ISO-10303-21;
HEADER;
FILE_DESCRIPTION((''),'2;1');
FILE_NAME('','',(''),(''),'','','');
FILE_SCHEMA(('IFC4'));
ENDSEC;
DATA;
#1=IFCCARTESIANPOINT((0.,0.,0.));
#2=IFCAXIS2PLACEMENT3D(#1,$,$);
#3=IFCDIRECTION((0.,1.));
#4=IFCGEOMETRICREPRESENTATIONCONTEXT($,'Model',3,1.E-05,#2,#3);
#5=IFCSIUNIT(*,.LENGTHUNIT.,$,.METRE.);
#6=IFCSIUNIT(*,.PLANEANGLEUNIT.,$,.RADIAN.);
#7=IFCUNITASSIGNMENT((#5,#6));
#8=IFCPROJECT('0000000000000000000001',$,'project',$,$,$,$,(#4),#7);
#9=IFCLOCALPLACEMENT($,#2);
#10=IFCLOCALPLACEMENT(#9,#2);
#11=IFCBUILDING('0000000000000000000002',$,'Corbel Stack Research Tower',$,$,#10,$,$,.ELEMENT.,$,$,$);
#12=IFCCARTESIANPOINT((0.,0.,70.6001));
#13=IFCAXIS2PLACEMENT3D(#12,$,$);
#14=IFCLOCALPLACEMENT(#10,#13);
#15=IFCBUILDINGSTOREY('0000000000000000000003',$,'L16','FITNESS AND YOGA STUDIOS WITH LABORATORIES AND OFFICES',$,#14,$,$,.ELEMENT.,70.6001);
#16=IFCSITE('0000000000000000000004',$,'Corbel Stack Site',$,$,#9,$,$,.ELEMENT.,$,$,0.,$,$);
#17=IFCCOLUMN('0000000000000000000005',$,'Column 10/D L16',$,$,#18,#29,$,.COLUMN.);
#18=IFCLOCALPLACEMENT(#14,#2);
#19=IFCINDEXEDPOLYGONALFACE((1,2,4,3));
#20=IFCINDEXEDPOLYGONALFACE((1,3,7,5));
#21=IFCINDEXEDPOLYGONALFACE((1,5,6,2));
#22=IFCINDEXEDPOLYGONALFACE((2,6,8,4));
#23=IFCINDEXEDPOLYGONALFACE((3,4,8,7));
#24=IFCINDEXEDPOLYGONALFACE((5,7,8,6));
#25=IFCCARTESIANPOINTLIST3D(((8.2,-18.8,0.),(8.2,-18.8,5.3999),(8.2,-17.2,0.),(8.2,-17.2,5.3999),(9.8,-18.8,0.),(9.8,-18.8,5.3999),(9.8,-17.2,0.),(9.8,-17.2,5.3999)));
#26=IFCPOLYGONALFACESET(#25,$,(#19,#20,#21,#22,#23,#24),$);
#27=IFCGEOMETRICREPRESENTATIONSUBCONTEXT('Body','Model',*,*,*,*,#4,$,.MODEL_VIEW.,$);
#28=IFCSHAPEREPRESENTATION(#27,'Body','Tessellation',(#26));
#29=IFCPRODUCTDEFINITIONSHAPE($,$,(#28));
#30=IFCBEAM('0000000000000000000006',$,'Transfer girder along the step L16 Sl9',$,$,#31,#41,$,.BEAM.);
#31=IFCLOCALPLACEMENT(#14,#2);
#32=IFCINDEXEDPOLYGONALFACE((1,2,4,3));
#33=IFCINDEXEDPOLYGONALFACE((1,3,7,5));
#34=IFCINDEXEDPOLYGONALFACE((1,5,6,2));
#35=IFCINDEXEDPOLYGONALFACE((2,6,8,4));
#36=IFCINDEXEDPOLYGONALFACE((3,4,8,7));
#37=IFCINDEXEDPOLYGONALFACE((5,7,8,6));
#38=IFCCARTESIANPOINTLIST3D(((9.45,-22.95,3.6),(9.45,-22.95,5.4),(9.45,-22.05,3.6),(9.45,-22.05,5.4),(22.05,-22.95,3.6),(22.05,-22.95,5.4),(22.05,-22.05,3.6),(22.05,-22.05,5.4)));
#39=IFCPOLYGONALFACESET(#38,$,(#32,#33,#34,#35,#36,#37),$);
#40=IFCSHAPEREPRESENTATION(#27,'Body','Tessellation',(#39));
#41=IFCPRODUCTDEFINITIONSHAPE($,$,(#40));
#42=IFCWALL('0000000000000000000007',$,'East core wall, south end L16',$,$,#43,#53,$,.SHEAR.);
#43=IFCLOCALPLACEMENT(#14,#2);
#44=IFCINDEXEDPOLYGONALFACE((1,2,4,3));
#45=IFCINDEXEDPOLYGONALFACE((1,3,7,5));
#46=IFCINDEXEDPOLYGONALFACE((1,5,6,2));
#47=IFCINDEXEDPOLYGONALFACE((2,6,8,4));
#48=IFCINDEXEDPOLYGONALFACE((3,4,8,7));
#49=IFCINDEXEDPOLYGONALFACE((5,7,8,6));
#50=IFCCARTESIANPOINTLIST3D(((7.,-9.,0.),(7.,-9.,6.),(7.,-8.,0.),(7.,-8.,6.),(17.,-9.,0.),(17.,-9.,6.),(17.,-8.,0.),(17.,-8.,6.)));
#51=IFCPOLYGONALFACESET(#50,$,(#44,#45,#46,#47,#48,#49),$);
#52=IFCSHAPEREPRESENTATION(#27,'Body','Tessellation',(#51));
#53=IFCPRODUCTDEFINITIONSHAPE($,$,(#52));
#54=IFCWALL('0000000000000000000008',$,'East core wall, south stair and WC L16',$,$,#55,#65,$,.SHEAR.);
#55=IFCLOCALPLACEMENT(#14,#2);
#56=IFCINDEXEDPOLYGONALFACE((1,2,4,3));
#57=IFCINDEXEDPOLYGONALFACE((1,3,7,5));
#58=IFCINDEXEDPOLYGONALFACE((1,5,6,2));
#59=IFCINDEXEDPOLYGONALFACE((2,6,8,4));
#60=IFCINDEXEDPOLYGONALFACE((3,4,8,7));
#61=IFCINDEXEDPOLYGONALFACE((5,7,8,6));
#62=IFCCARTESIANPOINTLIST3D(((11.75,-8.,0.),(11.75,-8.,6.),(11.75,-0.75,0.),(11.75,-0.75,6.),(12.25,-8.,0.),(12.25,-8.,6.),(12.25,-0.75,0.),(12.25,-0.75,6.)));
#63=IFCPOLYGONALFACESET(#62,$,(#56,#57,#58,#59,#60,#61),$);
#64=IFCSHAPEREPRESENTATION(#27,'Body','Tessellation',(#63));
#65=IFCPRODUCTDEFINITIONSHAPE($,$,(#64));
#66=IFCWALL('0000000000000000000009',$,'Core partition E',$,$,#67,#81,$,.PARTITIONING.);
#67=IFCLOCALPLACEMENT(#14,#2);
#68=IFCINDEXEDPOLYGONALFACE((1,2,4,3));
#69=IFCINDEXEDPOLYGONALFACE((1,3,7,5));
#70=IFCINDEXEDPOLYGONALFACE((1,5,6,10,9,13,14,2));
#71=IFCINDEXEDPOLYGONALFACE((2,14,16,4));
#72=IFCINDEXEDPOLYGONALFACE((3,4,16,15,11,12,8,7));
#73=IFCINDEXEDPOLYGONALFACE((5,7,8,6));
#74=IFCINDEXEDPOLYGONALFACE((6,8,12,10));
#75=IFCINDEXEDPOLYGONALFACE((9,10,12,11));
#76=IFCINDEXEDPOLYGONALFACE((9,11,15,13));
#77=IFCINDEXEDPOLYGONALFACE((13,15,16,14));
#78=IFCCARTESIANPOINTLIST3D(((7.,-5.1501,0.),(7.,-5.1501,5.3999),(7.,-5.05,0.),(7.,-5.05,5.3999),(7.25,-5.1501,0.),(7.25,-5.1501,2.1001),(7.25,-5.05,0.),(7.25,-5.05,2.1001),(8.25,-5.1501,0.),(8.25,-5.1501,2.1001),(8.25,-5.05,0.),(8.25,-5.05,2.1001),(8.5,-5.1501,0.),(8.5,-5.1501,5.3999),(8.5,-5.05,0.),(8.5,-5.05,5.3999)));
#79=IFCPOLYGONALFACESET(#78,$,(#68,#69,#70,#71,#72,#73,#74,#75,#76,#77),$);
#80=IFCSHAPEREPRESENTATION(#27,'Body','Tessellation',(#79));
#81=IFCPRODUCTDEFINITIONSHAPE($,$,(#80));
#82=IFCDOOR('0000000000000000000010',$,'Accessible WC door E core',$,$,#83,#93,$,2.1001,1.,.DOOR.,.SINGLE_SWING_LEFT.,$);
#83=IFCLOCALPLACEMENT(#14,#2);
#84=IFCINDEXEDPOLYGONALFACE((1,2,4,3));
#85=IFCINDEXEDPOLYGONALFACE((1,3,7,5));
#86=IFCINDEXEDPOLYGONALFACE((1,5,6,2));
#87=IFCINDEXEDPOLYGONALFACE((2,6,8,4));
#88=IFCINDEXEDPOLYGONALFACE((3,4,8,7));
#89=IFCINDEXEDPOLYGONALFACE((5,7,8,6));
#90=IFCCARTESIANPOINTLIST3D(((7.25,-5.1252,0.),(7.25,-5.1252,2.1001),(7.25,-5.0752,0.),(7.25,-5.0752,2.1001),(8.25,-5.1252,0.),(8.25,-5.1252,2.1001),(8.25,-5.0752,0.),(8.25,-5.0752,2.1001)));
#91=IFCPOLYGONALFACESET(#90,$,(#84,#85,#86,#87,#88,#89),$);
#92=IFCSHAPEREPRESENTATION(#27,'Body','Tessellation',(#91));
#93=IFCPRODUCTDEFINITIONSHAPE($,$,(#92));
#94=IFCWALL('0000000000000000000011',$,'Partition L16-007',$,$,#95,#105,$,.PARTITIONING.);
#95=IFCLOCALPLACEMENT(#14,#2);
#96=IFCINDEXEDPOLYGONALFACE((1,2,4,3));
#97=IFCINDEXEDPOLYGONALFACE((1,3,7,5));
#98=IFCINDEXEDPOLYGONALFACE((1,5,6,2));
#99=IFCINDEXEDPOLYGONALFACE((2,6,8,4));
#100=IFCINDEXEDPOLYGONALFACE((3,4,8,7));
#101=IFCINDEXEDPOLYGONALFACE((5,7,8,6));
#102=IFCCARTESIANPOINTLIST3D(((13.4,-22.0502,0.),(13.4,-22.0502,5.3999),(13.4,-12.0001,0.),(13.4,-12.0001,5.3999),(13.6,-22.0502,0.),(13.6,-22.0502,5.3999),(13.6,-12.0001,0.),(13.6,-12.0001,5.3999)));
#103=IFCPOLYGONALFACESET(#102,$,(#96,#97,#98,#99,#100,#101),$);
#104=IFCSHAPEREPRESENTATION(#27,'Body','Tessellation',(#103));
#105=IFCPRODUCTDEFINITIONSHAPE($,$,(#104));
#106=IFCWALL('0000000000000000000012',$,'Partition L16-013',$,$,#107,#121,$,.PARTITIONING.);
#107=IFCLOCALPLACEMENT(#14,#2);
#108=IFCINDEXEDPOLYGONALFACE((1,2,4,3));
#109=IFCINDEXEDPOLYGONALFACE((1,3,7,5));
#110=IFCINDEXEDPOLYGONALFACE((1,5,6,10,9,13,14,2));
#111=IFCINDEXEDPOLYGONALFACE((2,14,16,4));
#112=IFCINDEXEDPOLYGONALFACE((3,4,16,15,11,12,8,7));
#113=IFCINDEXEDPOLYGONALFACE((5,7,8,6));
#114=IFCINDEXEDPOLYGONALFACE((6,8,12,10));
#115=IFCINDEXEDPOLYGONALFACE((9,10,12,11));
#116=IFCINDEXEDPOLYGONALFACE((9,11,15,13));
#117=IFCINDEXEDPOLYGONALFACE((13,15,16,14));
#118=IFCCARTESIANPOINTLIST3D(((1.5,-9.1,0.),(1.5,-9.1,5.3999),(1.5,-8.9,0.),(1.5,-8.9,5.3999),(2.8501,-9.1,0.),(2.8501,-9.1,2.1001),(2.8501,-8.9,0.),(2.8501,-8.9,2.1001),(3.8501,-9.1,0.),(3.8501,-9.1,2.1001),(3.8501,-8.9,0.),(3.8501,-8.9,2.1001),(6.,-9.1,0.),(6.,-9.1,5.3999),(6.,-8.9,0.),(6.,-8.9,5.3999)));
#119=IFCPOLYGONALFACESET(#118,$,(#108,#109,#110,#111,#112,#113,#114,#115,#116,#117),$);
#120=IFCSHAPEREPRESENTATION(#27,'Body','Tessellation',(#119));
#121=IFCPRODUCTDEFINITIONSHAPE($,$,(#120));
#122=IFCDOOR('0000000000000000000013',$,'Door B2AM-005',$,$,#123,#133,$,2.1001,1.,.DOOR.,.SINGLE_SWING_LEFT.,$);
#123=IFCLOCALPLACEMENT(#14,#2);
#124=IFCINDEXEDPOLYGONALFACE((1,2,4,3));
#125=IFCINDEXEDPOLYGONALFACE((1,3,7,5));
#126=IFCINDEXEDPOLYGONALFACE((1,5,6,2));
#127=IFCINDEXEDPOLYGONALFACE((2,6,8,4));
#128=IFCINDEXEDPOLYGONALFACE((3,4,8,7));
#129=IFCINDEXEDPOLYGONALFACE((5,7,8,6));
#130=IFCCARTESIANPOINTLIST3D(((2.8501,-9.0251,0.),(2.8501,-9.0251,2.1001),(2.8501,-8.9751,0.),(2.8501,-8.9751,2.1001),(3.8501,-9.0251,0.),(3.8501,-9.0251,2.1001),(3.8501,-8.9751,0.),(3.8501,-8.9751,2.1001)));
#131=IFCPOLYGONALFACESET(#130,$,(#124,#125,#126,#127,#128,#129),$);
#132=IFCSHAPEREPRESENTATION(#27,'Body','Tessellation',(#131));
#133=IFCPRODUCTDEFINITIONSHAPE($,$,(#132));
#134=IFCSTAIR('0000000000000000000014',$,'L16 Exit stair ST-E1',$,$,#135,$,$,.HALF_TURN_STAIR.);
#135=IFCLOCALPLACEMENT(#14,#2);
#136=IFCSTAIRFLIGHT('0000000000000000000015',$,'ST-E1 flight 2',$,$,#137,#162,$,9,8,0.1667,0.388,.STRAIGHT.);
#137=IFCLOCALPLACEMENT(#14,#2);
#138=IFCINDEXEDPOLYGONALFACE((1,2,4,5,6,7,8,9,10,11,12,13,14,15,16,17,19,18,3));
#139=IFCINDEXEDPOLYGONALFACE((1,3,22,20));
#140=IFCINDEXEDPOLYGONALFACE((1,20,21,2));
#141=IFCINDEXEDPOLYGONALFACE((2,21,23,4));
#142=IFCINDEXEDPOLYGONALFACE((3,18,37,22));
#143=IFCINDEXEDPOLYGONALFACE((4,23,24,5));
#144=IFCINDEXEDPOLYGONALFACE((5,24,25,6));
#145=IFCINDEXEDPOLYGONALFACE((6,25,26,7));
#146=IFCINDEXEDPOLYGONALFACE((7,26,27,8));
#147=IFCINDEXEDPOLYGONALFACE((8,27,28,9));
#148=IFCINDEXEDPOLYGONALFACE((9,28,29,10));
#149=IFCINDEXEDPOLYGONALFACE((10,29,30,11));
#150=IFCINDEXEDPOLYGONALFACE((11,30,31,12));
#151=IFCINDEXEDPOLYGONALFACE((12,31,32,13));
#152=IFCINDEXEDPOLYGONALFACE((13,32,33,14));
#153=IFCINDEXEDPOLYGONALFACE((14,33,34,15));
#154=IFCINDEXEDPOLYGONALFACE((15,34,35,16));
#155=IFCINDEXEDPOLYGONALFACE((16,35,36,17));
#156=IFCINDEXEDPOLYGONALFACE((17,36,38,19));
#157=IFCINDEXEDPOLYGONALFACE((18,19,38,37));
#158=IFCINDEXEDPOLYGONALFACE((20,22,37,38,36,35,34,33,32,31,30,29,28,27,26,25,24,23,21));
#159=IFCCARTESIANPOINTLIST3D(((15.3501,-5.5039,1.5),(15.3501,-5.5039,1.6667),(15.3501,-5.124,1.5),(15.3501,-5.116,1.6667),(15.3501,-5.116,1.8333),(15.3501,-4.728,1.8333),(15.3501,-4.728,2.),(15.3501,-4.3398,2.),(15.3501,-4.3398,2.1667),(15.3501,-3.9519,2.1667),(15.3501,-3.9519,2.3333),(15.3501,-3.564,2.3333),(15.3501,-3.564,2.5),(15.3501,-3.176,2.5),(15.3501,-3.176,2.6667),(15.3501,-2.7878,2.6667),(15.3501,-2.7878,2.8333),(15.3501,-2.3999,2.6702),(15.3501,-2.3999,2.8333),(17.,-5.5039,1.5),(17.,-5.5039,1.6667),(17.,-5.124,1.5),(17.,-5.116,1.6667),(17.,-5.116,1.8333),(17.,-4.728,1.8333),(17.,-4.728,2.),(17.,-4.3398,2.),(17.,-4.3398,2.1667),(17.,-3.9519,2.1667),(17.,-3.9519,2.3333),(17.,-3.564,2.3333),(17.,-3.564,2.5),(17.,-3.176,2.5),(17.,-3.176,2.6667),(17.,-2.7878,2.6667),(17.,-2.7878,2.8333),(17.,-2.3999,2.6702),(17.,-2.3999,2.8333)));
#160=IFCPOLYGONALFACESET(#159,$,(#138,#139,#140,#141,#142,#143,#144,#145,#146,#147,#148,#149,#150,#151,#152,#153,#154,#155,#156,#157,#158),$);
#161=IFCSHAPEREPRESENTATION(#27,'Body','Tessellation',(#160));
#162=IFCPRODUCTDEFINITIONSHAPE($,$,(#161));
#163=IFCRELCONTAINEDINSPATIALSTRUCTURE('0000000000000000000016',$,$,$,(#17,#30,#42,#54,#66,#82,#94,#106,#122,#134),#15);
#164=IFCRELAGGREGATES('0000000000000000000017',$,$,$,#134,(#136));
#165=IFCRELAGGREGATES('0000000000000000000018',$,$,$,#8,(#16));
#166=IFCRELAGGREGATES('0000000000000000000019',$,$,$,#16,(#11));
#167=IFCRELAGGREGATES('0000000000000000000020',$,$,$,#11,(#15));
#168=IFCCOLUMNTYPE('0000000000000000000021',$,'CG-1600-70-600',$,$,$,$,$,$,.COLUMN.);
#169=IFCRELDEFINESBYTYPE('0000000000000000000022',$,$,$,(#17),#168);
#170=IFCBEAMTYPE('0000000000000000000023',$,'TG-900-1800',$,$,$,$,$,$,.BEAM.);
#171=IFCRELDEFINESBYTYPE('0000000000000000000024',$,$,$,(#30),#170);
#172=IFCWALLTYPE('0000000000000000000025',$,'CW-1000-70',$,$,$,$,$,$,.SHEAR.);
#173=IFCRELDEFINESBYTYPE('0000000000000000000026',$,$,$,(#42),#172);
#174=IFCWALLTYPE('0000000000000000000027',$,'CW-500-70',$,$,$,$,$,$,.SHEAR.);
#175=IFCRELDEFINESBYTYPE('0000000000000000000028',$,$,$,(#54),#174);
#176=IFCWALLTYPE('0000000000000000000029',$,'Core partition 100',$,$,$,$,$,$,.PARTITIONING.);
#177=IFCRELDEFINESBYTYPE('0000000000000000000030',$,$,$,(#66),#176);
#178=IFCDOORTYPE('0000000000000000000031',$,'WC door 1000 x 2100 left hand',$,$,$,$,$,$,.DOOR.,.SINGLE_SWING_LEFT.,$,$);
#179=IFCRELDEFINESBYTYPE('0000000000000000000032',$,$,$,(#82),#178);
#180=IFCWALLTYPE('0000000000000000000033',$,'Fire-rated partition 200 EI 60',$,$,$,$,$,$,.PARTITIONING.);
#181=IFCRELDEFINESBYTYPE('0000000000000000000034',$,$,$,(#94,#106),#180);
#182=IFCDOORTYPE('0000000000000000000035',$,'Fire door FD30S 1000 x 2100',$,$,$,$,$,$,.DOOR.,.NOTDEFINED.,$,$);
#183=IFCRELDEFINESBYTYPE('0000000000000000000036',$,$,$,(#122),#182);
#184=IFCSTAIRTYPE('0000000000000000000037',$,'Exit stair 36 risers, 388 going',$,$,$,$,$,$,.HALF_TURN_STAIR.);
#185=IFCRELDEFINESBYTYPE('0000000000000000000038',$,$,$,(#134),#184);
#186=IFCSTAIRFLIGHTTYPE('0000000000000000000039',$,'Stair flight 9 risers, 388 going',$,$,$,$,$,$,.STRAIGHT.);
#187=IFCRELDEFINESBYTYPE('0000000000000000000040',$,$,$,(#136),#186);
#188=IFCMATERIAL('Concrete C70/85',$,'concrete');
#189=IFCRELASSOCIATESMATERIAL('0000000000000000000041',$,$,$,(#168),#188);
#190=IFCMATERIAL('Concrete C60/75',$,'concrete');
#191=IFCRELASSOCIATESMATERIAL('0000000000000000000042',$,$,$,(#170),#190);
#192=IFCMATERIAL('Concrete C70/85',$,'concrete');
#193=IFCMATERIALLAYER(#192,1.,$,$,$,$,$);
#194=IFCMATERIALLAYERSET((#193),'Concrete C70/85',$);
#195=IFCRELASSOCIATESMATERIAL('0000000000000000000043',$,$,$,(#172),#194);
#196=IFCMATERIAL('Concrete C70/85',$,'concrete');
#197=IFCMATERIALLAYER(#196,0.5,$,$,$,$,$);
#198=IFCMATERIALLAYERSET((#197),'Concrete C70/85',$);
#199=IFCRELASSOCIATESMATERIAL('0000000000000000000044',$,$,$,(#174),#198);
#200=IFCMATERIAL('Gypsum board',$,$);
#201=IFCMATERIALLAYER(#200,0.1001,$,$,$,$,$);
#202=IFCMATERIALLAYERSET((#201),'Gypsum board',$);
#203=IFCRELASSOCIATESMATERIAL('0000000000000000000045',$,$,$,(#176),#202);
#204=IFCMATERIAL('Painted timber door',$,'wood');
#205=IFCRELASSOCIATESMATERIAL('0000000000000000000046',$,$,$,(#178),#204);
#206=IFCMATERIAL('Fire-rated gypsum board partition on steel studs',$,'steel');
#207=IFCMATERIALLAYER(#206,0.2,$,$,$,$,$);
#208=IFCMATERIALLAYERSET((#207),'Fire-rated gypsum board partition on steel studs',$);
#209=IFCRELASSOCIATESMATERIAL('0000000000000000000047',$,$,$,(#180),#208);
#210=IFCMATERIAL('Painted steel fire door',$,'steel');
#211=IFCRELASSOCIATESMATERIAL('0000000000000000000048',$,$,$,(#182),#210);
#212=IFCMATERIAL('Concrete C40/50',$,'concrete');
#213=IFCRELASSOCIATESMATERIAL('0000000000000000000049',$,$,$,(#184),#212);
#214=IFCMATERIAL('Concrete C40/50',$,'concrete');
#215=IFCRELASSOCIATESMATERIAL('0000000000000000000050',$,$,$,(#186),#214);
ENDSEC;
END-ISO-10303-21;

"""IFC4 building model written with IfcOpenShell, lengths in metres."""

from ifc_helpers import new_model, si_unit, direction, frame, frame_2d, origin, origin_2d, place, context, subcontext, project, spatial, polyline, rectangle, outline, extrude, material, layer, layer_set, material_profile, profile_set, type_object, element, fill, aggregate, save


model = new_model("IFC4")

# Units and contexts
model_context = context("Model", 3, precision=1e-05, world=origin(), true_north=direction((0.0, 1.0)))
body_context = subcontext(model_context, "Body", "Model", "MODEL_VIEW")
ifc_project = project(units=[si_unit("LENGTHUNIT", "METRE"), si_unit("PLANEANGLEUNIT", "RADIAN")], contexts=[model_context])

# Site, building, storey
site_placement = place(None, origin())
site = spatial("IfcSite", under=ifc_project, at=site_placement, Name="Corbel Stack Site", CompositionType="ELEMENT", RefElevation=0.0)
building_placement = place(site_placement, origin())
building = spatial("IfcBuilding", under=site, at=building_placement, Name="Corbel Stack Research Tower", CompositionType="ELEMENT")
storey_placement = place(building_placement, frame((0.0, 0.0, 70.6001)))
storey = spatial("IfcBuildingStorey", under=building, at=storey_placement, Name="L16", Description="FITNESS AND YOGA STUDIOS WITH LABORATORIES AND OFFICES", CompositionType="ELEMENT", Elevation=70.6001)

# Column
ifc_material_1 = material(Name="Concrete C70/85", Category="concrete")
ifc_material_profile_1 = material_profile(ifc_material_1, rectangle(XDim=1.6001, YDim=1.6001, at=origin_2d()), Name="RC 1600 x 1600")
ifc_profile_set_1 = profile_set([ifc_material_profile_1], Name="Concrete C70/85")
column_type = type_object("IfcColumnType", Name="CG-1600-70-600", PredefinedType="COLUMN", material=ifc_profile_set_1)
column_placement = place(storey_placement, frame((9.0, -18.0, 0.0), z_axis=(0.0, 0.0, 1.0), x_axis=(1.0, 0.0, 0.0)))
element("IfcColumn", 1, at=column_placement, inside=storey, type_object=column_type, Name="Column 10/D L16", PredefinedType="COLUMN", context=body_context, shape_type="SweptSolid", body=[
    extrude(rectangle(XDim=1.6001, YDim=1.6001, at=origin_2d()), origin(), (0.0, 0.0, 1.0), 5.3999),
])

# Beam
ifc_material_2 = material(Name="Concrete C60/75", Category="concrete")
ifc_material_profile_2 = material_profile(ifc_material_2, rectangle(XDim=0.8999, YDim=1.8, at=origin_2d()), Name="RC 900 x 1800")
ifc_profile_set_2 = profile_set([ifc_material_profile_2], Name="Concrete C60/75")
beam_type = type_object("IfcBeamType", Name="TG-900-1800", PredefinedType="BEAM", material=ifc_profile_set_2)
beam_placement = place(storey_placement, frame((9.45, -22.5, 4.5), z_axis=(1.0, 0.0, 0.0), x_axis=(0.0, 1.0, 0.0)))
element("IfcBeam", 2, at=beam_placement, inside=storey, type_object=beam_type, Name="Transfer girder along the step L16 Sl9", PredefinedType="BEAM", context=body_context, shape_type="SweptSolid", body=[
    extrude(rectangle(XDim=0.8999, YDim=1.8, at=origin_2d()), origin(), (0.0, 0.0, 1.0), 12.6001),
])

# Shared definitions
ifc_material_3 = material(Name="Concrete C70/85", Category="concrete")
ifc_layer_1 = layer(ifc_material_3, 1.0)
ifc_layer_set_1 = layer_set([ifc_layer_1], Name="Concrete C70/85")
wall_type_1 = type_object("IfcWallType", Name="CW-1000-70", PredefinedType="SHEAR", material=ifc_layer_set_1)

# Walls
wall_1_placement = place(storey_placement, frame((7.0, -8.5, 0.0), z_axis=(0.0, 0.0, 1.0), x_axis=(1.0, 0.0, 0.0)))
element("IfcWall", 3, at=wall_1_placement, inside=storey, type_object=wall_type_1, Name="East core wall, south end L16", PredefinedType="SHEAR", context=body_context, shape_type="SweptSolid", body=[
    extrude(rectangle(XDim=10.0, YDim=1.0, at=frame_2d((5.0, 0.0))), origin(), (0.0, 0.0, 1.0), 6.0),
])
ifc_material_4 = material(Name="Concrete C70/85", Category="concrete")
ifc_layer_2 = layer(ifc_material_4, 0.5)
ifc_layer_set_2 = layer_set([ifc_layer_2], Name="Concrete C70/85")
wall_type_2 = type_object("IfcWallType", Name="CW-500-70", PredefinedType="SHEAR", material=ifc_layer_set_2)
wall_2_placement = place(storey_placement, frame((12.0, -8.0, 0.0), z_axis=(0.0, 0.0, 1.0), x_axis=(0.0, 1.0, 0.0)))
element("IfcWall", 4, at=wall_2_placement, inside=storey, type_object=wall_type_2, Name="East core wall, south stair and WC L16", PredefinedType="SHEAR", context=body_context, shape_type="SweptSolid", body=[
    extrude(rectangle(XDim=7.25, YDim=0.5, at=frame_2d((3.625, 0.0))), origin(), (0.0, 0.0, 1.0), 6.0),
])

# Wall, opening, door
ifc_material_5 = material(Name="Gypsum board")
ifc_layer_3 = layer(ifc_material_5, 0.1001)
ifc_layer_set_3 = layer_set([ifc_layer_3], Name="Gypsum board")
wall_type_3 = type_object("IfcWallType", Name="Core partition 100", PredefinedType="PARTITIONING", material=ifc_layer_set_3)
wall_3_placement = place(storey_placement, frame((7.0, -5.1001, 0.0), z_axis=(0.0, 0.0, 1.0), x_axis=(1.0, 0.0, 0.0)))
wall_3 = element("IfcWall", 5, at=wall_3_placement, inside=storey, type_object=wall_type_3, Name="Core partition E", PredefinedType="PARTITIONING", context=body_context, shape_type="SweptSolid", body=[
    extrude(rectangle(XDim=1.5, YDim=0.1001, at=frame_2d((0.75, 0.0))), origin(), (0.0, 0.0, 1.0), 5.3999),
])
opening_1_placement = place(wall_3_placement, frame((0.25, 0.0, 0.0)))
opening_1 = element("IfcOpeningElement", 6, at=opening_1_placement, cuts=wall_3, PredefinedType="OPENING", context=body_context, shape_type="SweptSolid", body=[
    extrude(rectangle(XDim=1.0, YDim=2.1001, at=frame_2d((0.5, 1.05))), frame((0.0, 0.0601, 0.0), z_axis=(0.0, -1.0, 0.0), x_axis=(1.0, 0.0, 0.0)), (0.0, 0.0, 1.0), 0.1201),
])
ifc_material_6 = material(Name="Painted timber door", Category="wood")
door_type_1 = type_object("IfcDoorType", Name="WC door 1000 x 2100 left hand", OperationType="SINGLE_SWING_LEFT", PredefinedType="DOOR", material=ifc_material_6)
door_1_placement = place(opening_1_placement, origin())
door_1 = element("IfcDoor", 7, at=door_1_placement, inside=storey, type_object=door_type_1, Name="Accessible WC door E core", OperationType="SINGLE_SWING_LEFT", OverallHeight=2.1001, OverallWidth=1.0, PredefinedType="DOOR", context=body_context, shape_type="SweptSolid", body=[
    extrude(rectangle(XDim=1.0, YDim=2.1001, at=frame_2d((0.5, 1.05))), frame((0.0, 0.0249, 0.0), z_axis=(0.0, -1.0, 0.0), x_axis=(1.0, 0.0, 0.0)), (0.0, 0.0, 1.0), 0.05),
])
fill(opening_1, door_1)

# Wall
ifc_material_7 = material(Name="Fire-rated gypsum board partition on steel studs", Category="steel")
ifc_layer_4 = layer(ifc_material_7, 0.2)
ifc_layer_set_4 = layer_set([ifc_layer_4], Name="Fire-rated gypsum board partition on steel studs")
wall_type_4 = type_object("IfcWallType", Name="Fire-rated partition 200 EI 60", PredefinedType="PARTITIONING", material=ifc_layer_set_4)
wall_4_placement = place(storey_placement, frame((13.5, -22.05, 0.0), z_axis=(0.0, 0.0, 1.0), x_axis=(0.0, 1.0, 0.0)))
element("IfcWall", 8, at=wall_4_placement, inside=storey, type_object=wall_type_4, Name="Partition L16-007", PredefinedType="PARTITIONING", context=body_context, shape_type="SweptSolid", body=[
    extrude(rectangle(XDim=10.05, YDim=0.2, at=frame_2d((5.0249, 0.0))), origin(), (0.0, 0.0, 1.0), 5.3999),
])

# Wall, opening, door
wall_5_placement = place(storey_placement, frame((1.5, -9.0, 0.0), z_axis=(0.0, 0.0, 1.0), x_axis=(1.0, 0.0, 0.0)))
wall_5 = element("IfcWall", 9, at=wall_5_placement, inside=storey, type_object=wall_type_4, Name="Partition L16-013", PredefinedType="PARTITIONING", context=body_context, shape_type="SweptSolid", body=[
    extrude(rectangle(XDim=4.5, YDim=0.2, at=frame_2d((2.25, 0.0))), origin(), (0.0, 0.0, 1.0), 5.3999),
])
opening_2_placement = place(wall_5_placement, frame((1.3501, 0.0, 0.0)))
opening_2 = element("IfcOpeningElement", 10, at=opening_2_placement, cuts=wall_5, PredefinedType="OPENING", context=body_context, shape_type="SweptSolid", body=[
    extrude(rectangle(XDim=1.0, YDim=2.1001, at=frame_2d((0.5, 1.05))), frame((0.0, 0.1099, 0.0), z_axis=(0.0, -1.0, 0.0), x_axis=(1.0, 0.0, 0.0)), (0.0, 0.0, 1.0), 0.22),
])
ifc_material_8 = material(Name="Painted steel fire door", Category="steel")
door_type_2 = type_object("IfcDoorType", Name="Fire door FD30S 1000 x 2100", OperationType="NOTDEFINED", PredefinedType="DOOR", material=ifc_material_8)
door_2_placement = place(opening_2_placement, origin())
door_2 = element("IfcDoor", 11, at=door_2_placement, inside=storey, type_object=door_type_2, Name="Door B2AM-005", OperationType="SINGLE_SWING_LEFT", OverallHeight=2.1001, OverallWidth=1.0, PredefinedType="DOOR", context=body_context, shape_type="SweptSolid", body=[
    extrude(rectangle(XDim=1.0, YDim=2.1001, at=frame_2d((0.5, 1.05))), frame((0.0, 0.0249, 0.0), z_axis=(0.0, -1.0, 0.0), x_axis=(1.0, 0.0, 0.0)), (0.0, 0.0, 1.0), 0.05),
])
fill(opening_2, door_2)

# Stair, stair flight
ifc_material_9 = material(Name="Concrete C40/50", Category="concrete")
stair_type = type_object("IfcStairType", Name="Exit stair 36 risers, 388 going", PredefinedType="HALF_TURN_STAIR", material=ifc_material_9)
stair_placement = place(storey_placement, origin())
stair = element("IfcStair", 12, at=stair_placement, inside=storey, type_object=stair_type, Name="L16 Exit stair ST-E1", PredefinedType="HALF_TURN_STAIR")
ifc_material_10 = material(Name="Concrete C40/50", Category="concrete")
stair_flight_type = type_object("IfcStairFlightType", Name="Stair flight 9 risers, 388 going", PredefinedType="STRAIGHT", material=ifc_material_10)
stair_flight_1_placement = place(storey_placement, frame((16.175, -5.5039, 1.5), z_axis=(0.0, 0.0, 1.0), x_axis=(0.0, 1.0, 0.0)))
stair_flight_1 = element("IfcStairFlight", 13, at=stair_flight_1_placement, type_object=stair_flight_type, Name="ST-E1 flight 2", NumberOfRisers=9, NumberOfTreads=8, PredefinedType="STRAIGHT", RiserHeight=0.1667, TreadLength=0.388, context=body_context, shape_type="SweptSolid", body=[
    extrude(outline(polyline([(0.0, 0.0), (0.0, 0.1667), (0.3879, 0.1667), (0.3879, 0.3333), (0.7759, 0.3333), (0.7759, 0.5), (1.1641, 0.5), (1.1641, 0.6667), (1.552, 0.6667), (1.552, 0.8333), (1.9399, 0.8333), (1.9399, 1.0), (2.3279, 1.0), (2.3279, 1.1667), (2.7161, 1.1667), (2.7161, 1.3333), (3.104, 1.3333), (3.104, 1.5), (3.104, 1.1702), (0.3799, 0.0), (0.0, 0.0)])), frame((0.0, 0.825, 0.0), z_axis=(0.0, -1.0, 0.0), x_axis=(1.0, 0.0, 0.0)), (0.0, 0.0, 1.0), 1.6499),
])
aggregate(stair, [stair_flight_1])

save(model, "model.ifc")
